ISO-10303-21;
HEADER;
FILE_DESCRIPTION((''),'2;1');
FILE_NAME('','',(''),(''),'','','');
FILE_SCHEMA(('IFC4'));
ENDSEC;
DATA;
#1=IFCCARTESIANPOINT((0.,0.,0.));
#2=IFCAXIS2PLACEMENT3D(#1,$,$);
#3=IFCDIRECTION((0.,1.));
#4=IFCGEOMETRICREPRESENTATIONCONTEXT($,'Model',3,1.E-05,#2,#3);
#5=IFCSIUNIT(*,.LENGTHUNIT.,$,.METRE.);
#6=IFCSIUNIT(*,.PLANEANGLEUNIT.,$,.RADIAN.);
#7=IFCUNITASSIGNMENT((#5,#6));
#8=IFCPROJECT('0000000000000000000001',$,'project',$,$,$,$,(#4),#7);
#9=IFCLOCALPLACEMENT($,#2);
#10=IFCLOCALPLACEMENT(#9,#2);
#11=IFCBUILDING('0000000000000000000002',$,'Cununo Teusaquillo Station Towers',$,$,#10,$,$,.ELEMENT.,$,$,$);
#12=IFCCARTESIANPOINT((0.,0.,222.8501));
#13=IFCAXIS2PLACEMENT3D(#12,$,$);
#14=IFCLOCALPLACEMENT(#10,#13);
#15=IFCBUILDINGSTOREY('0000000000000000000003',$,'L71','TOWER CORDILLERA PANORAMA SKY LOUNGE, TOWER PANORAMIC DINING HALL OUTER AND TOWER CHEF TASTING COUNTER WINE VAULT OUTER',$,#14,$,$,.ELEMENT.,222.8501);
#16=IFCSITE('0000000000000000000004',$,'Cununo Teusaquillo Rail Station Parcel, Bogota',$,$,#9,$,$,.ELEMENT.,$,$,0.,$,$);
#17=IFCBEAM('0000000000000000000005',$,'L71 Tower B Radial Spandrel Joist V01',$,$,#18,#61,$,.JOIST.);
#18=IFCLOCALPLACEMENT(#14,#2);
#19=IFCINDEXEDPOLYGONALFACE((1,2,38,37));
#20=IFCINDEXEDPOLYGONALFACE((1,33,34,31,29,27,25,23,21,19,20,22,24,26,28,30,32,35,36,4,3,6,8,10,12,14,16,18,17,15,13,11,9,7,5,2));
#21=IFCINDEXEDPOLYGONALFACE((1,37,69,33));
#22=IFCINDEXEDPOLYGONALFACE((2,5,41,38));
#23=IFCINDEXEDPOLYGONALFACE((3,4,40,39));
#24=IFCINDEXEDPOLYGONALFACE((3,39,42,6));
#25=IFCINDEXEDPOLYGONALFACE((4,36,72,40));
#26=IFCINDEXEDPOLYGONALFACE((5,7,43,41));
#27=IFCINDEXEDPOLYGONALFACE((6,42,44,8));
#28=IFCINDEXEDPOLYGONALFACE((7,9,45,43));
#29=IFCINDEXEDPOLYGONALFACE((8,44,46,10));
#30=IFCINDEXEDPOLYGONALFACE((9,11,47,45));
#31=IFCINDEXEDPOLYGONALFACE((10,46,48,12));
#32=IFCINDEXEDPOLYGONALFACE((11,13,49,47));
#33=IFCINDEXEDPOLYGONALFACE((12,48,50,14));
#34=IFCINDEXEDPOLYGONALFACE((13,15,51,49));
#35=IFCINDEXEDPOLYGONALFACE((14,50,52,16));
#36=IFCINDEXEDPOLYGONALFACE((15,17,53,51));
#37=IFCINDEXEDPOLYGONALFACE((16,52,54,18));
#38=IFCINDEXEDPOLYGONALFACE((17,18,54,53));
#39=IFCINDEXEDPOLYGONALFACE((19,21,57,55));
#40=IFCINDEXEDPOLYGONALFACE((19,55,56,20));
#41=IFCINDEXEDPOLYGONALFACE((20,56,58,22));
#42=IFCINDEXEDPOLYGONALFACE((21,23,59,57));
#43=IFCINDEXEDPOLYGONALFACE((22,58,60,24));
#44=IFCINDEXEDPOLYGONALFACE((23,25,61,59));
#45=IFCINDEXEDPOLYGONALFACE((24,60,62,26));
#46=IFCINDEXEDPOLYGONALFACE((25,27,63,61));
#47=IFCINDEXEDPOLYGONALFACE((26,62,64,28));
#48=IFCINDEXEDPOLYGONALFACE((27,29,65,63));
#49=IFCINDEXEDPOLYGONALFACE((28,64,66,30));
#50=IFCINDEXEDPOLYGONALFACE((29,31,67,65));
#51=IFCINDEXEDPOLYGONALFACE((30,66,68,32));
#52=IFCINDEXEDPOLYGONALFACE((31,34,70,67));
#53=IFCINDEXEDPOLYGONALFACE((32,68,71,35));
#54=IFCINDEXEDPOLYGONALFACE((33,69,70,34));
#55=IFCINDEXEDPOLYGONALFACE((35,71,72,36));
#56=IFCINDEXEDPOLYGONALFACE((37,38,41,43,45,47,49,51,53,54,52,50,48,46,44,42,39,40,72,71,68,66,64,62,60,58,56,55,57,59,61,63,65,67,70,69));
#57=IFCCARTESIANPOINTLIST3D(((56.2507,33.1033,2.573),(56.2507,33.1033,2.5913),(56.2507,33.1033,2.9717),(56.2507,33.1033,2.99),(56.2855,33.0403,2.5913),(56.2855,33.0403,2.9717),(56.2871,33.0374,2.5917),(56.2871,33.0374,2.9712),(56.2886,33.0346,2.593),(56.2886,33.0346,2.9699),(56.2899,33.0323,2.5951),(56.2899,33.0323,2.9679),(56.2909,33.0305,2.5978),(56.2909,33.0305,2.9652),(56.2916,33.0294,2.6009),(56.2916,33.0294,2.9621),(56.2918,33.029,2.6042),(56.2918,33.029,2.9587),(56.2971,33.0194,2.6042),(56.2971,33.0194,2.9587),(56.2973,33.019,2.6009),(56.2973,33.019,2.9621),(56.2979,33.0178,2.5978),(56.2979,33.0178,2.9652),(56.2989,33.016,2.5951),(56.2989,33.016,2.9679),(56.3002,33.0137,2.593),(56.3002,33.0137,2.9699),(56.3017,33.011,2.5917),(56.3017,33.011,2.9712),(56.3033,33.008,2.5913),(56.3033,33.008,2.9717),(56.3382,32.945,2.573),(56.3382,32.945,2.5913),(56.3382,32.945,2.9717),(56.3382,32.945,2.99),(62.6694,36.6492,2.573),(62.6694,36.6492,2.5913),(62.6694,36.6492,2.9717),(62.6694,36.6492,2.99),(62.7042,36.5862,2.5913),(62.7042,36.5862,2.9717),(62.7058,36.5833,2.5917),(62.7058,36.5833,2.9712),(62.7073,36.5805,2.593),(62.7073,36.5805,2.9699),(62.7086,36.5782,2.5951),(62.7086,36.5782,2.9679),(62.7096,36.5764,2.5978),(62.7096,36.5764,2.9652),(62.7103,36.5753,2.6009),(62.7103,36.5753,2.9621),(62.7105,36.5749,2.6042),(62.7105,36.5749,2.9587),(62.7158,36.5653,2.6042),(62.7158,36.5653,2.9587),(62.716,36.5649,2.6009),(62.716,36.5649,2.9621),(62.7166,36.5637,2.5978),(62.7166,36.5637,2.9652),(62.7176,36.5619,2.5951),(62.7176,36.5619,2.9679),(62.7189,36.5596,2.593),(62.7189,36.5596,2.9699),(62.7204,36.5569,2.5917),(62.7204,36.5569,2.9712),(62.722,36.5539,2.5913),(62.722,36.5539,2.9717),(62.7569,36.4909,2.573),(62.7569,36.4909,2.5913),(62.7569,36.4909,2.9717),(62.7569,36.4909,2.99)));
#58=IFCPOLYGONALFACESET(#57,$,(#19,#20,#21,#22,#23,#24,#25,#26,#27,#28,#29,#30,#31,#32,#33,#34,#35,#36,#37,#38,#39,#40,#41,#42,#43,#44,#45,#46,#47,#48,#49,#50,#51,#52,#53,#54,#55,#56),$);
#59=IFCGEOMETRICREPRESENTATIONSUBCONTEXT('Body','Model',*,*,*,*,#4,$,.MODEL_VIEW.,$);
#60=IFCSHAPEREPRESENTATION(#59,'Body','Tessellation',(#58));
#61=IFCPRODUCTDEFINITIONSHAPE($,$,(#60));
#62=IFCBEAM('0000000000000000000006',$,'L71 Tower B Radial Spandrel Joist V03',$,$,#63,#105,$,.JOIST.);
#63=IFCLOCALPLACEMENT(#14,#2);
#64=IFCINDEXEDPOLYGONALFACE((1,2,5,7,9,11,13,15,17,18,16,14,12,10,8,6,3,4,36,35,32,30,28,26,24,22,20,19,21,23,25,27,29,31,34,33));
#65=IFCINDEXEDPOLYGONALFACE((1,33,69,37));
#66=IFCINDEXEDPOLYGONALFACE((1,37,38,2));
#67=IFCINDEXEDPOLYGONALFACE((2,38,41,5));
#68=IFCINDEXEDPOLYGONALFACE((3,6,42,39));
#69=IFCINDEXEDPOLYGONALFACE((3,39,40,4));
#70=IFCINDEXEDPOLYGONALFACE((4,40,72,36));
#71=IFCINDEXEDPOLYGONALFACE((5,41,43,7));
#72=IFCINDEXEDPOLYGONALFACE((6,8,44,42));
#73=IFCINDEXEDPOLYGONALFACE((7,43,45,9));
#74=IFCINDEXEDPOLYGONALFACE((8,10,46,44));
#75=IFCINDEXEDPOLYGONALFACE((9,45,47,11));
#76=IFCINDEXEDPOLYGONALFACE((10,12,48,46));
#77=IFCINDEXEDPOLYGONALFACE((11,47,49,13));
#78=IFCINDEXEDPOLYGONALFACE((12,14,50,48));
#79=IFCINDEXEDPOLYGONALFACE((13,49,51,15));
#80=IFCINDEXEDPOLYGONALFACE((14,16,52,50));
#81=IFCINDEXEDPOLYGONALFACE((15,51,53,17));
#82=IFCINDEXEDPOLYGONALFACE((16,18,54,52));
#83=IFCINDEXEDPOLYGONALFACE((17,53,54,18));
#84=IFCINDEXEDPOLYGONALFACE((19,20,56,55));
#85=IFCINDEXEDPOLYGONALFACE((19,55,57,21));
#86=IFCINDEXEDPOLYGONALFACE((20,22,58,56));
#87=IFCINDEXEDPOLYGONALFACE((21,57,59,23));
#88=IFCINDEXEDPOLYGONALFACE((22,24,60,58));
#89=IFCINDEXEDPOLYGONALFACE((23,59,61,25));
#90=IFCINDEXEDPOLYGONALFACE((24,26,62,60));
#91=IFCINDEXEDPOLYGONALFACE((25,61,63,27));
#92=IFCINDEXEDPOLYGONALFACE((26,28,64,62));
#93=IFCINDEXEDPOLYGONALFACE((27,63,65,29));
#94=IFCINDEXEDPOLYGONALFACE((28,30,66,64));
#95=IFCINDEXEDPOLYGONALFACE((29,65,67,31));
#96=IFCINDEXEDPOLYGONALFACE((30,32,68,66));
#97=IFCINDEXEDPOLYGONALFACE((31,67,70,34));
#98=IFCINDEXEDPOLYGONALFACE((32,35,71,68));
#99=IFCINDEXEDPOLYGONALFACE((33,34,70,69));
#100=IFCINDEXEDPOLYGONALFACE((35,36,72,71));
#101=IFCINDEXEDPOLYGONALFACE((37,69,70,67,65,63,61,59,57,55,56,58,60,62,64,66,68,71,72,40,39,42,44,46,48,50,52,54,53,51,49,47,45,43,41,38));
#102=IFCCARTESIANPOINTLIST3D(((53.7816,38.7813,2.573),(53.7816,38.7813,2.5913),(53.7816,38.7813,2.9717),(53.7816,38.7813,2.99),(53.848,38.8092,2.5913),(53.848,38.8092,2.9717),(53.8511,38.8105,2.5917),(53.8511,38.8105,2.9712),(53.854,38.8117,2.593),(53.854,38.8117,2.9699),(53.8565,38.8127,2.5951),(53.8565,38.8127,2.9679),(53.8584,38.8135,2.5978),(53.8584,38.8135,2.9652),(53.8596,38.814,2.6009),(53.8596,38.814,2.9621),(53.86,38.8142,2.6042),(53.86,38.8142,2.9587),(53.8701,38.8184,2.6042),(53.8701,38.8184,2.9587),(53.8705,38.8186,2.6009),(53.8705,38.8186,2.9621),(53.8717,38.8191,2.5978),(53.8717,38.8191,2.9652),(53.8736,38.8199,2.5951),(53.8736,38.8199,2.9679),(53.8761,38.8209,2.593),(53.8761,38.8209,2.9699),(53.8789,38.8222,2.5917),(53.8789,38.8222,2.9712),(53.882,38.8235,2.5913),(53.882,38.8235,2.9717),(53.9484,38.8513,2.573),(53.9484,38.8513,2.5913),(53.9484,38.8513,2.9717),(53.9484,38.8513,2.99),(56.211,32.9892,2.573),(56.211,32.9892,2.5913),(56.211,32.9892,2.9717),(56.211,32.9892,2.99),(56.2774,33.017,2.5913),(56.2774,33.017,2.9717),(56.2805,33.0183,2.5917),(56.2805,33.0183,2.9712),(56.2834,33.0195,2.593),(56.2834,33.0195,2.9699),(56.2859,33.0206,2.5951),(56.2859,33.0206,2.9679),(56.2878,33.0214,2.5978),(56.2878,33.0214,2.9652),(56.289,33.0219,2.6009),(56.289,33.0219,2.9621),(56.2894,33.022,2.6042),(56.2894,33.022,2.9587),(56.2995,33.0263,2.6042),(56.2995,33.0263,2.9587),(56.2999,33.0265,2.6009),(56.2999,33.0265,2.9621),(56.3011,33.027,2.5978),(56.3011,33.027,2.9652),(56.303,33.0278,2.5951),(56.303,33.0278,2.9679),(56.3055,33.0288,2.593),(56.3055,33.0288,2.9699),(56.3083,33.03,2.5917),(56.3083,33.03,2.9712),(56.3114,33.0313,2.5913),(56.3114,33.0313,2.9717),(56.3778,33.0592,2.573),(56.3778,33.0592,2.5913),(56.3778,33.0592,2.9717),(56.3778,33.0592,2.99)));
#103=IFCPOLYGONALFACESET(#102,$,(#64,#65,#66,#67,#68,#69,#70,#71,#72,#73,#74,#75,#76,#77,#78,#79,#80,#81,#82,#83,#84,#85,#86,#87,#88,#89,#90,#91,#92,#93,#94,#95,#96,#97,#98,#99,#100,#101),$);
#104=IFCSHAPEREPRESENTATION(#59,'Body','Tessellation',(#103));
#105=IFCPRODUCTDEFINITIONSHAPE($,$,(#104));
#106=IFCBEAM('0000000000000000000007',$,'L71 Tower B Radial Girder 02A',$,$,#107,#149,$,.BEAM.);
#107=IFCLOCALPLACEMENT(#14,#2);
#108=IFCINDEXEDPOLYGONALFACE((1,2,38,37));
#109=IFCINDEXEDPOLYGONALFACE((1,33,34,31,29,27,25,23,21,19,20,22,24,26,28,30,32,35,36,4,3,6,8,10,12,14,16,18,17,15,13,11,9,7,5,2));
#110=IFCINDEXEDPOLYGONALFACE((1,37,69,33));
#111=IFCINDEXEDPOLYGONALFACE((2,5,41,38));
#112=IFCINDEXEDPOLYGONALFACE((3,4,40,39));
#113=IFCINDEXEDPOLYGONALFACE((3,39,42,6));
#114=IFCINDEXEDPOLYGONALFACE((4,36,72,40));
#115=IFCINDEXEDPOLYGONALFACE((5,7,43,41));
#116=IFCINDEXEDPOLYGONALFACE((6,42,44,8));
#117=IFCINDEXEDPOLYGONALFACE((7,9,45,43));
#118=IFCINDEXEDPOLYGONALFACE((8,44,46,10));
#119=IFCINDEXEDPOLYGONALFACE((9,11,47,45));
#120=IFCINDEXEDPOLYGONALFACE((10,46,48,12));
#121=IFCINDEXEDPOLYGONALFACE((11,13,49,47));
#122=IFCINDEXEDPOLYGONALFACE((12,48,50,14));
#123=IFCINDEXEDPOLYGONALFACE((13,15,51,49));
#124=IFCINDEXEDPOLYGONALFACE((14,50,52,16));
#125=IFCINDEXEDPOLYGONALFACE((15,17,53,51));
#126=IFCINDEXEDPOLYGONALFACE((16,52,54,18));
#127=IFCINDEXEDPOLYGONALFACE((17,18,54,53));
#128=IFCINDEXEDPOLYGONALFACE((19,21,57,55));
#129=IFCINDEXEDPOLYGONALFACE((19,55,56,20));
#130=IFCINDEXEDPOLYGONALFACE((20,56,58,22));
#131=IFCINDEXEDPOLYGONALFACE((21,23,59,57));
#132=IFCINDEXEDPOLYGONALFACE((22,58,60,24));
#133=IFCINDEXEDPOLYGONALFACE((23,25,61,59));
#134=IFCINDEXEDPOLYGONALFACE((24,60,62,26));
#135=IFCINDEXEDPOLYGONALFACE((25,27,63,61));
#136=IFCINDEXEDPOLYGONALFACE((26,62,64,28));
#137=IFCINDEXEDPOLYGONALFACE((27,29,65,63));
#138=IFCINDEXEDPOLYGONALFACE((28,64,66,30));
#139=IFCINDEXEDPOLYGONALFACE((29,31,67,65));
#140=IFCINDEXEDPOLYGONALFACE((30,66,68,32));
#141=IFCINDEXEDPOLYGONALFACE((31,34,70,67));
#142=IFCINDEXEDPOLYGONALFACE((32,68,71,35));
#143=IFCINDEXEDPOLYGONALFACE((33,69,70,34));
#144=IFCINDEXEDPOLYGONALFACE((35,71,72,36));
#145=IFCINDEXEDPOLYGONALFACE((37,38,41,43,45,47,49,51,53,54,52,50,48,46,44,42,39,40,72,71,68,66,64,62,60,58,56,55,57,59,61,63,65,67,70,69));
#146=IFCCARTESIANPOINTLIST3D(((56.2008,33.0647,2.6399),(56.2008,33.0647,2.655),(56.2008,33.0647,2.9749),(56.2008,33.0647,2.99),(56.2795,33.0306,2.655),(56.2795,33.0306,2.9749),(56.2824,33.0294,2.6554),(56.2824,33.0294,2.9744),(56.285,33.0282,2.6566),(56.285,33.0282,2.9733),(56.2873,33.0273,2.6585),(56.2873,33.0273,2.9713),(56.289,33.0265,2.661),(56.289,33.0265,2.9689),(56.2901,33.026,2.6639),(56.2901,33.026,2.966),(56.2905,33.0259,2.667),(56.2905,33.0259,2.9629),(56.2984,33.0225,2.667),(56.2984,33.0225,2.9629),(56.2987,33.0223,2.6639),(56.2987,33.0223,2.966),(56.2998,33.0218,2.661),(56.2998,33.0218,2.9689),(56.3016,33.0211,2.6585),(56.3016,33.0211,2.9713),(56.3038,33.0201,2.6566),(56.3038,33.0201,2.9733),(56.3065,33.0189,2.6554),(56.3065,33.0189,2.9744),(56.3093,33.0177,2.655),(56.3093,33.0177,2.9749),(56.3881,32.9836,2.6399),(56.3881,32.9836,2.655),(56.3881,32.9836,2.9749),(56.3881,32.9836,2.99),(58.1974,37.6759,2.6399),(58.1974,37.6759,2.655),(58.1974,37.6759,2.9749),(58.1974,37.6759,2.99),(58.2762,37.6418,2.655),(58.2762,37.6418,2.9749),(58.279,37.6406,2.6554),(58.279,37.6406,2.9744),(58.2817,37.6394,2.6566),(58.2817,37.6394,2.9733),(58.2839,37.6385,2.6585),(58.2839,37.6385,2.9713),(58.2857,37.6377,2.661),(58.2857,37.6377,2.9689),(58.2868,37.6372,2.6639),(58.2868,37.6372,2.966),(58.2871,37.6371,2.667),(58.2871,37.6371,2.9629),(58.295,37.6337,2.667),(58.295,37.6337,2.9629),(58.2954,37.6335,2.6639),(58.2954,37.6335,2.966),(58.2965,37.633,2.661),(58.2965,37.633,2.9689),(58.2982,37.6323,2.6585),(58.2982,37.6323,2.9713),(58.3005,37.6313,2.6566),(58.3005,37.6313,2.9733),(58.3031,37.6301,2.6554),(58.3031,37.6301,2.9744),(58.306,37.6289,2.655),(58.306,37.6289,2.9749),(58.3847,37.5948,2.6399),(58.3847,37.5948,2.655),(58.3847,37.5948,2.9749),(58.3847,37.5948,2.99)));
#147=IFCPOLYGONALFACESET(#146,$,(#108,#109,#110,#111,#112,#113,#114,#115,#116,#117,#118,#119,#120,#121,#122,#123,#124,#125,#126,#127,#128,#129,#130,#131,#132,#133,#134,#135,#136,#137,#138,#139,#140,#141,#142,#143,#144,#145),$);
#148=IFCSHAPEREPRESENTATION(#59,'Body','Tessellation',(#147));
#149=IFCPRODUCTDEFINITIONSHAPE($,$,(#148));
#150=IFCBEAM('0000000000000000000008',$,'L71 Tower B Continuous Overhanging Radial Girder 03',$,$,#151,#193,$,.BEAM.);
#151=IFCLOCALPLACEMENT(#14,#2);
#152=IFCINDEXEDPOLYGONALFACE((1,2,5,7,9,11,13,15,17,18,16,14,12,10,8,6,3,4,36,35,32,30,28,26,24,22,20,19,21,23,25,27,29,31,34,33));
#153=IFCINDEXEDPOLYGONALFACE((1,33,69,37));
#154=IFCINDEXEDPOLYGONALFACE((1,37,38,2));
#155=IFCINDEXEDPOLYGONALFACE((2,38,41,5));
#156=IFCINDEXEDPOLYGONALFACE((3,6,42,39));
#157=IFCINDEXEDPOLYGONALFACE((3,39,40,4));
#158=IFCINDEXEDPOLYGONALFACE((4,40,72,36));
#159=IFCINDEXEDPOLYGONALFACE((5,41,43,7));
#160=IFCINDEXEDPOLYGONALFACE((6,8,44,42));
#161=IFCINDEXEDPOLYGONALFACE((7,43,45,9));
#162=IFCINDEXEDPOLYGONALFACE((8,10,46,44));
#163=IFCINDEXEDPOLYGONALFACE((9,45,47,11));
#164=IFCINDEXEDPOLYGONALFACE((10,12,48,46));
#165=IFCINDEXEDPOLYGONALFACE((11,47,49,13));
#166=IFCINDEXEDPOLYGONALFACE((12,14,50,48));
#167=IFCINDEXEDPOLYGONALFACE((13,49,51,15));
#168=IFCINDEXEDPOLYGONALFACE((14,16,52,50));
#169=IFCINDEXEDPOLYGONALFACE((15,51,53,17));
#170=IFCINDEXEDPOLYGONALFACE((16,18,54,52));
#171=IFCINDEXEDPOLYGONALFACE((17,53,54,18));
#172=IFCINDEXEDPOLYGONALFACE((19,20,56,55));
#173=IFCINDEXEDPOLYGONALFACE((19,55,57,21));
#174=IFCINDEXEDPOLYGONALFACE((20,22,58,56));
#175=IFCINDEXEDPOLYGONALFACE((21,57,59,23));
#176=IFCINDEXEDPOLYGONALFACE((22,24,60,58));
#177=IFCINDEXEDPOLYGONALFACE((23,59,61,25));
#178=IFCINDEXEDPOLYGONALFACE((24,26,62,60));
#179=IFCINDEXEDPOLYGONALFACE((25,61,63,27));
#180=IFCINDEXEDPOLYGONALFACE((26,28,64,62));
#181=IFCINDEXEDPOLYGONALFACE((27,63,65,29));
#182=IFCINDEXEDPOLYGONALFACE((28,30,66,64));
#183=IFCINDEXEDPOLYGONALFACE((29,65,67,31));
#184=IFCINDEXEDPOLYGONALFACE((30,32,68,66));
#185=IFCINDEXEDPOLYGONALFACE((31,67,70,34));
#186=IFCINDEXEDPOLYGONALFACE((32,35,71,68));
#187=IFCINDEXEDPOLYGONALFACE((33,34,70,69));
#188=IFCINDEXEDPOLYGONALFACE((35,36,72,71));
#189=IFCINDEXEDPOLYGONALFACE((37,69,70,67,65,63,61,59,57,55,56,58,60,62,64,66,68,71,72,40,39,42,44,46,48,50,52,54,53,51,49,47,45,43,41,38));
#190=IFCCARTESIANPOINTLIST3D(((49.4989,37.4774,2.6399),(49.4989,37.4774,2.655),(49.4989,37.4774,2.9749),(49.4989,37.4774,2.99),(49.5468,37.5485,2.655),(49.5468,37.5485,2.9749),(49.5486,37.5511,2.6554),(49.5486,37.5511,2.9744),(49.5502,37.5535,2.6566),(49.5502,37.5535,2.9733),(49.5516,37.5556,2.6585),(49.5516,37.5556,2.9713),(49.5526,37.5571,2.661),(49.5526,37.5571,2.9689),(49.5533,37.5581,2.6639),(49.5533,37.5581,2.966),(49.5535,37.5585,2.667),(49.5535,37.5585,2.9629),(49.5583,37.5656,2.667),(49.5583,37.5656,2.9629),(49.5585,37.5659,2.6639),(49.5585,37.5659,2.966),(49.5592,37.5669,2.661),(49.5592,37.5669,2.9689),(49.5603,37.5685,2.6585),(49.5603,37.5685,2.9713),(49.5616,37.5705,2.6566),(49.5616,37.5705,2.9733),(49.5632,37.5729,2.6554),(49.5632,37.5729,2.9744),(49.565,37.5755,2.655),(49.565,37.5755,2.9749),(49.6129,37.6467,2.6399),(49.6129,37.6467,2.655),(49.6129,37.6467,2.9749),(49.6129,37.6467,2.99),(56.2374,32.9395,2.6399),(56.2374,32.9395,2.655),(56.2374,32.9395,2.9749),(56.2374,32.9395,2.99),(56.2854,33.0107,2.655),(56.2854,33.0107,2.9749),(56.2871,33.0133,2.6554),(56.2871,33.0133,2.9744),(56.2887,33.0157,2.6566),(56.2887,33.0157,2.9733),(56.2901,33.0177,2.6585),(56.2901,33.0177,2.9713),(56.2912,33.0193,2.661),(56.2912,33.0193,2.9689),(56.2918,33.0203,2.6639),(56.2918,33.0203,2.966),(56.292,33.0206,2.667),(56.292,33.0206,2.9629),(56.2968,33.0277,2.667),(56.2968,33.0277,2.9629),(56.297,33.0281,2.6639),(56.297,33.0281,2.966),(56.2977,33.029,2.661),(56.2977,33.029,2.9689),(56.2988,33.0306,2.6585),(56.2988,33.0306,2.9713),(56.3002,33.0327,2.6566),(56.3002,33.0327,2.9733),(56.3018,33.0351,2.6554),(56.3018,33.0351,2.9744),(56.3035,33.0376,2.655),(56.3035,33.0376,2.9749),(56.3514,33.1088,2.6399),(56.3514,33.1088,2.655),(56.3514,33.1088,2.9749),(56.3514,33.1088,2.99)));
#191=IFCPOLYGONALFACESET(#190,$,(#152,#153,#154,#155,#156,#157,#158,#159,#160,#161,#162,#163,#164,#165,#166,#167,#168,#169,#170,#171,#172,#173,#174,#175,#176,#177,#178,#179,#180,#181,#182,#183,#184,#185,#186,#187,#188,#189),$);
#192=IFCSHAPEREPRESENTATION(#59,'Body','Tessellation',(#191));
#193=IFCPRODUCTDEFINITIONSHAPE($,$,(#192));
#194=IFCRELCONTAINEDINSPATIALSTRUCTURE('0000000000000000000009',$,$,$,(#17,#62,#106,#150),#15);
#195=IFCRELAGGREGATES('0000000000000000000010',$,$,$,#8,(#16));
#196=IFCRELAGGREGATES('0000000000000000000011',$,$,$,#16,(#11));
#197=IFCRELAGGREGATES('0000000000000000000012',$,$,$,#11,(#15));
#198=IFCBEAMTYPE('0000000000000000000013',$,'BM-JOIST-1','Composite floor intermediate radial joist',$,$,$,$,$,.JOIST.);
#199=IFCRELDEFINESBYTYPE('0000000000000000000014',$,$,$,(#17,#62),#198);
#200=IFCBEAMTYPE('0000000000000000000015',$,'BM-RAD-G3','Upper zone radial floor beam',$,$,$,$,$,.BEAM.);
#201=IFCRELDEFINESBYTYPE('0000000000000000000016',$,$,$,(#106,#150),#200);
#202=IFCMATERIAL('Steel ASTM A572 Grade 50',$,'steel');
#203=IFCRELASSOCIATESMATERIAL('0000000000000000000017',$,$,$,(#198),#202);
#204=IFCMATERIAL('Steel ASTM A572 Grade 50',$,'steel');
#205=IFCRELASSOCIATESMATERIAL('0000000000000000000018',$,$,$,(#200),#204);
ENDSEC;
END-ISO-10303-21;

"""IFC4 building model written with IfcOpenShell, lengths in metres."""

from ifc_helpers import new_model, si_unit, direction, frame, origin, origin_2d, place, context, subcontext, project, spatial, i_section, extrude, material, material_profile, profile_set, type_object, element, save


model = new_model("IFC4")

# Units and contexts
model_context = context("Model", 3, precision=1e-05, world=origin(), true_north=direction((0.0, 1.0)))
body_context = subcontext(model_context, "Body", "Model", "MODEL_VIEW")
ifc_project = project(units=[si_unit("LENGTHUNIT", "METRE"), si_unit("PLANEANGLEUNIT", "RADIAN")], contexts=[model_context])

# Site, building, storey
site_placement = place(None, origin())
site = spatial("IfcSite", under=ifc_project, at=site_placement, Name="Cununo Teusaquillo Rail Station Parcel, Bogota", CompositionType="ELEMENT", RefElevation=0.0)
building_placement = place(site_placement, origin())
building = spatial("IfcBuilding", under=site, at=building_placement, Name="Cununo Teusaquillo Station Towers", CompositionType="ELEMENT")
storey_placement = place(building_placement, frame((0.0, 0.0, 222.8501)))
storey = spatial("IfcBuildingStorey", under=building, at=storey_placement, Name="L71", Description="TOWER CORDILLERA PANORAMA SKY LOUNGE, TOWER PANORAMIC DINING HALL OUTER AND TOWER CHEF TASTING COUNTER WINE VAULT OUTER", CompositionType="ELEMENT", Elevation=222.8501)

# Beams
ifc_material_1 = material(Name="Steel ASTM A572 Grade 50", Category="steel")
ifc_material_profile_1 = material_profile(ifc_material_1, i_section(OverallWidth=0.1809, OverallDepth=0.417, WebThickness=0.011, FlangeThickness=0.0183, FilletRadius=0.0129, at=origin_2d()), Name="W16X57")
ifc_profile_set_1 = profile_set([ifc_material_profile_1], Name="Steel ASTM A572 Grade 50")
beam_type_1 = type_object("IfcBeamType", Name="BM-JOIST-1", Description="Composite floor intermediate radial joist", PredefinedType="JOIST", material=ifc_profile_set_1)
beam_1_placement = place(storey_placement, frame((56.2944, 33.0242, 2.7815), z_axis=(0.875315, 0.483553, 0.0), x_axis=(-0.483553, 0.875315, 0.0)))
element("IfcBeam", 1, at=beam_1_placement, inside=storey, type_object=beam_type_1, Name="L71 Tower B Radial Spandrel Joist V01", PredefinedType="JOIST", context=body_context, shape_type="SweptSolid", body=[
    extrude(i_section(OverallWidth=0.1809, OverallDepth=0.417, WebThickness=0.011, FlangeThickness=0.0183, FilletRadius=0.0129, at=origin_2d()), origin(), (0.0, 0.0, 1.0), 7.333),
])
beam_2_placement = place(storey_placement, frame((56.2944, 33.0242, 2.7815), z_axis=(-0.386786, 0.922169, 0.0), x_axis=(-0.922169, -0.386786, 0.0)))
element("IfcBeam", 2, at=beam_2_placement, inside=storey, type_object=beam_type_1, Name="L71 Tower B Radial Spandrel Joist V03", PredefinedType="JOIST", context=body_context, shape_type="SweptSolid", body=[
    extrude(i_section(OverallWidth=0.1809, OverallDepth=0.417, WebThickness=0.011, FlangeThickness=0.0183, FilletRadius=0.0129, at=origin_2d()), origin(), (0.0, 0.0, 1.0), 6.281),
])
ifc_material_2 = material(Name="Steel ASTM A572 Grade 50", Category="steel")
ifc_material_profile_2 = material_profile(ifc_material_2, i_section(OverallWidth=0.2041, OverallDepth=0.3501, WebThickness=0.0085, FlangeThickness=0.0151, FilletRadius=0.012, at=origin_2d()), Name="W14X48")
ifc_profile_set_2 = profile_set([ifc_material_profile_2], Name="Steel ASTM A572 Grade 50")
beam_type_2 = type_object("IfcBeamType", Name="BM-RAD-G3", Description="Upper zone radial floor beam", PredefinedType="BEAM", material=ifc_profile_set_2)
beam_3_placement = place(storey_placement, frame((56.2944, 33.0242, 2.8149), z_axis=(0.397347, 0.917668, 0.0), x_axis=(-0.917668, 0.397347, 0.0)))
element("IfcBeam", 3, at=beam_3_placement, inside=storey, type_object=beam_type_2, Name="L71 Tower B Radial Girder 02A", PredefinedType="BEAM", context=body_context, shape_type="SweptSolid", body=[
    extrude(i_section(OverallWidth=0.2041, OverallDepth=0.3501, WebThickness=0.0085, FlangeThickness=0.0151, FilletRadius=0.012, at=origin_2d()), origin(), (0.0, 0.0, 1.0), 5.0249),
])
beam_4_placement = place(storey_placement, frame((56.2944, 33.0242, 2.8149), z_axis=(-0.829457, 0.558571, 0.0), x_axis=(-0.558571, -0.829457, 0.0)))
element("IfcBeam", 4, at=beam_4_placement, inside=storey, type_object=beam_type_2, Name="L71 Tower B Continuous Overhanging Radial Girder 03", PredefinedType="BEAM", context=body_context, shape_type="SweptSolid", body=[
    extrude(i_section(OverallWidth=0.2041, OverallDepth=0.3501, WebThickness=0.0085, FlangeThickness=0.0151, FilletRadius=0.012, at=origin_2d()), origin(), (0.0, 0.0, 1.0), 8.124),
])

save(model, "model.ifc")
